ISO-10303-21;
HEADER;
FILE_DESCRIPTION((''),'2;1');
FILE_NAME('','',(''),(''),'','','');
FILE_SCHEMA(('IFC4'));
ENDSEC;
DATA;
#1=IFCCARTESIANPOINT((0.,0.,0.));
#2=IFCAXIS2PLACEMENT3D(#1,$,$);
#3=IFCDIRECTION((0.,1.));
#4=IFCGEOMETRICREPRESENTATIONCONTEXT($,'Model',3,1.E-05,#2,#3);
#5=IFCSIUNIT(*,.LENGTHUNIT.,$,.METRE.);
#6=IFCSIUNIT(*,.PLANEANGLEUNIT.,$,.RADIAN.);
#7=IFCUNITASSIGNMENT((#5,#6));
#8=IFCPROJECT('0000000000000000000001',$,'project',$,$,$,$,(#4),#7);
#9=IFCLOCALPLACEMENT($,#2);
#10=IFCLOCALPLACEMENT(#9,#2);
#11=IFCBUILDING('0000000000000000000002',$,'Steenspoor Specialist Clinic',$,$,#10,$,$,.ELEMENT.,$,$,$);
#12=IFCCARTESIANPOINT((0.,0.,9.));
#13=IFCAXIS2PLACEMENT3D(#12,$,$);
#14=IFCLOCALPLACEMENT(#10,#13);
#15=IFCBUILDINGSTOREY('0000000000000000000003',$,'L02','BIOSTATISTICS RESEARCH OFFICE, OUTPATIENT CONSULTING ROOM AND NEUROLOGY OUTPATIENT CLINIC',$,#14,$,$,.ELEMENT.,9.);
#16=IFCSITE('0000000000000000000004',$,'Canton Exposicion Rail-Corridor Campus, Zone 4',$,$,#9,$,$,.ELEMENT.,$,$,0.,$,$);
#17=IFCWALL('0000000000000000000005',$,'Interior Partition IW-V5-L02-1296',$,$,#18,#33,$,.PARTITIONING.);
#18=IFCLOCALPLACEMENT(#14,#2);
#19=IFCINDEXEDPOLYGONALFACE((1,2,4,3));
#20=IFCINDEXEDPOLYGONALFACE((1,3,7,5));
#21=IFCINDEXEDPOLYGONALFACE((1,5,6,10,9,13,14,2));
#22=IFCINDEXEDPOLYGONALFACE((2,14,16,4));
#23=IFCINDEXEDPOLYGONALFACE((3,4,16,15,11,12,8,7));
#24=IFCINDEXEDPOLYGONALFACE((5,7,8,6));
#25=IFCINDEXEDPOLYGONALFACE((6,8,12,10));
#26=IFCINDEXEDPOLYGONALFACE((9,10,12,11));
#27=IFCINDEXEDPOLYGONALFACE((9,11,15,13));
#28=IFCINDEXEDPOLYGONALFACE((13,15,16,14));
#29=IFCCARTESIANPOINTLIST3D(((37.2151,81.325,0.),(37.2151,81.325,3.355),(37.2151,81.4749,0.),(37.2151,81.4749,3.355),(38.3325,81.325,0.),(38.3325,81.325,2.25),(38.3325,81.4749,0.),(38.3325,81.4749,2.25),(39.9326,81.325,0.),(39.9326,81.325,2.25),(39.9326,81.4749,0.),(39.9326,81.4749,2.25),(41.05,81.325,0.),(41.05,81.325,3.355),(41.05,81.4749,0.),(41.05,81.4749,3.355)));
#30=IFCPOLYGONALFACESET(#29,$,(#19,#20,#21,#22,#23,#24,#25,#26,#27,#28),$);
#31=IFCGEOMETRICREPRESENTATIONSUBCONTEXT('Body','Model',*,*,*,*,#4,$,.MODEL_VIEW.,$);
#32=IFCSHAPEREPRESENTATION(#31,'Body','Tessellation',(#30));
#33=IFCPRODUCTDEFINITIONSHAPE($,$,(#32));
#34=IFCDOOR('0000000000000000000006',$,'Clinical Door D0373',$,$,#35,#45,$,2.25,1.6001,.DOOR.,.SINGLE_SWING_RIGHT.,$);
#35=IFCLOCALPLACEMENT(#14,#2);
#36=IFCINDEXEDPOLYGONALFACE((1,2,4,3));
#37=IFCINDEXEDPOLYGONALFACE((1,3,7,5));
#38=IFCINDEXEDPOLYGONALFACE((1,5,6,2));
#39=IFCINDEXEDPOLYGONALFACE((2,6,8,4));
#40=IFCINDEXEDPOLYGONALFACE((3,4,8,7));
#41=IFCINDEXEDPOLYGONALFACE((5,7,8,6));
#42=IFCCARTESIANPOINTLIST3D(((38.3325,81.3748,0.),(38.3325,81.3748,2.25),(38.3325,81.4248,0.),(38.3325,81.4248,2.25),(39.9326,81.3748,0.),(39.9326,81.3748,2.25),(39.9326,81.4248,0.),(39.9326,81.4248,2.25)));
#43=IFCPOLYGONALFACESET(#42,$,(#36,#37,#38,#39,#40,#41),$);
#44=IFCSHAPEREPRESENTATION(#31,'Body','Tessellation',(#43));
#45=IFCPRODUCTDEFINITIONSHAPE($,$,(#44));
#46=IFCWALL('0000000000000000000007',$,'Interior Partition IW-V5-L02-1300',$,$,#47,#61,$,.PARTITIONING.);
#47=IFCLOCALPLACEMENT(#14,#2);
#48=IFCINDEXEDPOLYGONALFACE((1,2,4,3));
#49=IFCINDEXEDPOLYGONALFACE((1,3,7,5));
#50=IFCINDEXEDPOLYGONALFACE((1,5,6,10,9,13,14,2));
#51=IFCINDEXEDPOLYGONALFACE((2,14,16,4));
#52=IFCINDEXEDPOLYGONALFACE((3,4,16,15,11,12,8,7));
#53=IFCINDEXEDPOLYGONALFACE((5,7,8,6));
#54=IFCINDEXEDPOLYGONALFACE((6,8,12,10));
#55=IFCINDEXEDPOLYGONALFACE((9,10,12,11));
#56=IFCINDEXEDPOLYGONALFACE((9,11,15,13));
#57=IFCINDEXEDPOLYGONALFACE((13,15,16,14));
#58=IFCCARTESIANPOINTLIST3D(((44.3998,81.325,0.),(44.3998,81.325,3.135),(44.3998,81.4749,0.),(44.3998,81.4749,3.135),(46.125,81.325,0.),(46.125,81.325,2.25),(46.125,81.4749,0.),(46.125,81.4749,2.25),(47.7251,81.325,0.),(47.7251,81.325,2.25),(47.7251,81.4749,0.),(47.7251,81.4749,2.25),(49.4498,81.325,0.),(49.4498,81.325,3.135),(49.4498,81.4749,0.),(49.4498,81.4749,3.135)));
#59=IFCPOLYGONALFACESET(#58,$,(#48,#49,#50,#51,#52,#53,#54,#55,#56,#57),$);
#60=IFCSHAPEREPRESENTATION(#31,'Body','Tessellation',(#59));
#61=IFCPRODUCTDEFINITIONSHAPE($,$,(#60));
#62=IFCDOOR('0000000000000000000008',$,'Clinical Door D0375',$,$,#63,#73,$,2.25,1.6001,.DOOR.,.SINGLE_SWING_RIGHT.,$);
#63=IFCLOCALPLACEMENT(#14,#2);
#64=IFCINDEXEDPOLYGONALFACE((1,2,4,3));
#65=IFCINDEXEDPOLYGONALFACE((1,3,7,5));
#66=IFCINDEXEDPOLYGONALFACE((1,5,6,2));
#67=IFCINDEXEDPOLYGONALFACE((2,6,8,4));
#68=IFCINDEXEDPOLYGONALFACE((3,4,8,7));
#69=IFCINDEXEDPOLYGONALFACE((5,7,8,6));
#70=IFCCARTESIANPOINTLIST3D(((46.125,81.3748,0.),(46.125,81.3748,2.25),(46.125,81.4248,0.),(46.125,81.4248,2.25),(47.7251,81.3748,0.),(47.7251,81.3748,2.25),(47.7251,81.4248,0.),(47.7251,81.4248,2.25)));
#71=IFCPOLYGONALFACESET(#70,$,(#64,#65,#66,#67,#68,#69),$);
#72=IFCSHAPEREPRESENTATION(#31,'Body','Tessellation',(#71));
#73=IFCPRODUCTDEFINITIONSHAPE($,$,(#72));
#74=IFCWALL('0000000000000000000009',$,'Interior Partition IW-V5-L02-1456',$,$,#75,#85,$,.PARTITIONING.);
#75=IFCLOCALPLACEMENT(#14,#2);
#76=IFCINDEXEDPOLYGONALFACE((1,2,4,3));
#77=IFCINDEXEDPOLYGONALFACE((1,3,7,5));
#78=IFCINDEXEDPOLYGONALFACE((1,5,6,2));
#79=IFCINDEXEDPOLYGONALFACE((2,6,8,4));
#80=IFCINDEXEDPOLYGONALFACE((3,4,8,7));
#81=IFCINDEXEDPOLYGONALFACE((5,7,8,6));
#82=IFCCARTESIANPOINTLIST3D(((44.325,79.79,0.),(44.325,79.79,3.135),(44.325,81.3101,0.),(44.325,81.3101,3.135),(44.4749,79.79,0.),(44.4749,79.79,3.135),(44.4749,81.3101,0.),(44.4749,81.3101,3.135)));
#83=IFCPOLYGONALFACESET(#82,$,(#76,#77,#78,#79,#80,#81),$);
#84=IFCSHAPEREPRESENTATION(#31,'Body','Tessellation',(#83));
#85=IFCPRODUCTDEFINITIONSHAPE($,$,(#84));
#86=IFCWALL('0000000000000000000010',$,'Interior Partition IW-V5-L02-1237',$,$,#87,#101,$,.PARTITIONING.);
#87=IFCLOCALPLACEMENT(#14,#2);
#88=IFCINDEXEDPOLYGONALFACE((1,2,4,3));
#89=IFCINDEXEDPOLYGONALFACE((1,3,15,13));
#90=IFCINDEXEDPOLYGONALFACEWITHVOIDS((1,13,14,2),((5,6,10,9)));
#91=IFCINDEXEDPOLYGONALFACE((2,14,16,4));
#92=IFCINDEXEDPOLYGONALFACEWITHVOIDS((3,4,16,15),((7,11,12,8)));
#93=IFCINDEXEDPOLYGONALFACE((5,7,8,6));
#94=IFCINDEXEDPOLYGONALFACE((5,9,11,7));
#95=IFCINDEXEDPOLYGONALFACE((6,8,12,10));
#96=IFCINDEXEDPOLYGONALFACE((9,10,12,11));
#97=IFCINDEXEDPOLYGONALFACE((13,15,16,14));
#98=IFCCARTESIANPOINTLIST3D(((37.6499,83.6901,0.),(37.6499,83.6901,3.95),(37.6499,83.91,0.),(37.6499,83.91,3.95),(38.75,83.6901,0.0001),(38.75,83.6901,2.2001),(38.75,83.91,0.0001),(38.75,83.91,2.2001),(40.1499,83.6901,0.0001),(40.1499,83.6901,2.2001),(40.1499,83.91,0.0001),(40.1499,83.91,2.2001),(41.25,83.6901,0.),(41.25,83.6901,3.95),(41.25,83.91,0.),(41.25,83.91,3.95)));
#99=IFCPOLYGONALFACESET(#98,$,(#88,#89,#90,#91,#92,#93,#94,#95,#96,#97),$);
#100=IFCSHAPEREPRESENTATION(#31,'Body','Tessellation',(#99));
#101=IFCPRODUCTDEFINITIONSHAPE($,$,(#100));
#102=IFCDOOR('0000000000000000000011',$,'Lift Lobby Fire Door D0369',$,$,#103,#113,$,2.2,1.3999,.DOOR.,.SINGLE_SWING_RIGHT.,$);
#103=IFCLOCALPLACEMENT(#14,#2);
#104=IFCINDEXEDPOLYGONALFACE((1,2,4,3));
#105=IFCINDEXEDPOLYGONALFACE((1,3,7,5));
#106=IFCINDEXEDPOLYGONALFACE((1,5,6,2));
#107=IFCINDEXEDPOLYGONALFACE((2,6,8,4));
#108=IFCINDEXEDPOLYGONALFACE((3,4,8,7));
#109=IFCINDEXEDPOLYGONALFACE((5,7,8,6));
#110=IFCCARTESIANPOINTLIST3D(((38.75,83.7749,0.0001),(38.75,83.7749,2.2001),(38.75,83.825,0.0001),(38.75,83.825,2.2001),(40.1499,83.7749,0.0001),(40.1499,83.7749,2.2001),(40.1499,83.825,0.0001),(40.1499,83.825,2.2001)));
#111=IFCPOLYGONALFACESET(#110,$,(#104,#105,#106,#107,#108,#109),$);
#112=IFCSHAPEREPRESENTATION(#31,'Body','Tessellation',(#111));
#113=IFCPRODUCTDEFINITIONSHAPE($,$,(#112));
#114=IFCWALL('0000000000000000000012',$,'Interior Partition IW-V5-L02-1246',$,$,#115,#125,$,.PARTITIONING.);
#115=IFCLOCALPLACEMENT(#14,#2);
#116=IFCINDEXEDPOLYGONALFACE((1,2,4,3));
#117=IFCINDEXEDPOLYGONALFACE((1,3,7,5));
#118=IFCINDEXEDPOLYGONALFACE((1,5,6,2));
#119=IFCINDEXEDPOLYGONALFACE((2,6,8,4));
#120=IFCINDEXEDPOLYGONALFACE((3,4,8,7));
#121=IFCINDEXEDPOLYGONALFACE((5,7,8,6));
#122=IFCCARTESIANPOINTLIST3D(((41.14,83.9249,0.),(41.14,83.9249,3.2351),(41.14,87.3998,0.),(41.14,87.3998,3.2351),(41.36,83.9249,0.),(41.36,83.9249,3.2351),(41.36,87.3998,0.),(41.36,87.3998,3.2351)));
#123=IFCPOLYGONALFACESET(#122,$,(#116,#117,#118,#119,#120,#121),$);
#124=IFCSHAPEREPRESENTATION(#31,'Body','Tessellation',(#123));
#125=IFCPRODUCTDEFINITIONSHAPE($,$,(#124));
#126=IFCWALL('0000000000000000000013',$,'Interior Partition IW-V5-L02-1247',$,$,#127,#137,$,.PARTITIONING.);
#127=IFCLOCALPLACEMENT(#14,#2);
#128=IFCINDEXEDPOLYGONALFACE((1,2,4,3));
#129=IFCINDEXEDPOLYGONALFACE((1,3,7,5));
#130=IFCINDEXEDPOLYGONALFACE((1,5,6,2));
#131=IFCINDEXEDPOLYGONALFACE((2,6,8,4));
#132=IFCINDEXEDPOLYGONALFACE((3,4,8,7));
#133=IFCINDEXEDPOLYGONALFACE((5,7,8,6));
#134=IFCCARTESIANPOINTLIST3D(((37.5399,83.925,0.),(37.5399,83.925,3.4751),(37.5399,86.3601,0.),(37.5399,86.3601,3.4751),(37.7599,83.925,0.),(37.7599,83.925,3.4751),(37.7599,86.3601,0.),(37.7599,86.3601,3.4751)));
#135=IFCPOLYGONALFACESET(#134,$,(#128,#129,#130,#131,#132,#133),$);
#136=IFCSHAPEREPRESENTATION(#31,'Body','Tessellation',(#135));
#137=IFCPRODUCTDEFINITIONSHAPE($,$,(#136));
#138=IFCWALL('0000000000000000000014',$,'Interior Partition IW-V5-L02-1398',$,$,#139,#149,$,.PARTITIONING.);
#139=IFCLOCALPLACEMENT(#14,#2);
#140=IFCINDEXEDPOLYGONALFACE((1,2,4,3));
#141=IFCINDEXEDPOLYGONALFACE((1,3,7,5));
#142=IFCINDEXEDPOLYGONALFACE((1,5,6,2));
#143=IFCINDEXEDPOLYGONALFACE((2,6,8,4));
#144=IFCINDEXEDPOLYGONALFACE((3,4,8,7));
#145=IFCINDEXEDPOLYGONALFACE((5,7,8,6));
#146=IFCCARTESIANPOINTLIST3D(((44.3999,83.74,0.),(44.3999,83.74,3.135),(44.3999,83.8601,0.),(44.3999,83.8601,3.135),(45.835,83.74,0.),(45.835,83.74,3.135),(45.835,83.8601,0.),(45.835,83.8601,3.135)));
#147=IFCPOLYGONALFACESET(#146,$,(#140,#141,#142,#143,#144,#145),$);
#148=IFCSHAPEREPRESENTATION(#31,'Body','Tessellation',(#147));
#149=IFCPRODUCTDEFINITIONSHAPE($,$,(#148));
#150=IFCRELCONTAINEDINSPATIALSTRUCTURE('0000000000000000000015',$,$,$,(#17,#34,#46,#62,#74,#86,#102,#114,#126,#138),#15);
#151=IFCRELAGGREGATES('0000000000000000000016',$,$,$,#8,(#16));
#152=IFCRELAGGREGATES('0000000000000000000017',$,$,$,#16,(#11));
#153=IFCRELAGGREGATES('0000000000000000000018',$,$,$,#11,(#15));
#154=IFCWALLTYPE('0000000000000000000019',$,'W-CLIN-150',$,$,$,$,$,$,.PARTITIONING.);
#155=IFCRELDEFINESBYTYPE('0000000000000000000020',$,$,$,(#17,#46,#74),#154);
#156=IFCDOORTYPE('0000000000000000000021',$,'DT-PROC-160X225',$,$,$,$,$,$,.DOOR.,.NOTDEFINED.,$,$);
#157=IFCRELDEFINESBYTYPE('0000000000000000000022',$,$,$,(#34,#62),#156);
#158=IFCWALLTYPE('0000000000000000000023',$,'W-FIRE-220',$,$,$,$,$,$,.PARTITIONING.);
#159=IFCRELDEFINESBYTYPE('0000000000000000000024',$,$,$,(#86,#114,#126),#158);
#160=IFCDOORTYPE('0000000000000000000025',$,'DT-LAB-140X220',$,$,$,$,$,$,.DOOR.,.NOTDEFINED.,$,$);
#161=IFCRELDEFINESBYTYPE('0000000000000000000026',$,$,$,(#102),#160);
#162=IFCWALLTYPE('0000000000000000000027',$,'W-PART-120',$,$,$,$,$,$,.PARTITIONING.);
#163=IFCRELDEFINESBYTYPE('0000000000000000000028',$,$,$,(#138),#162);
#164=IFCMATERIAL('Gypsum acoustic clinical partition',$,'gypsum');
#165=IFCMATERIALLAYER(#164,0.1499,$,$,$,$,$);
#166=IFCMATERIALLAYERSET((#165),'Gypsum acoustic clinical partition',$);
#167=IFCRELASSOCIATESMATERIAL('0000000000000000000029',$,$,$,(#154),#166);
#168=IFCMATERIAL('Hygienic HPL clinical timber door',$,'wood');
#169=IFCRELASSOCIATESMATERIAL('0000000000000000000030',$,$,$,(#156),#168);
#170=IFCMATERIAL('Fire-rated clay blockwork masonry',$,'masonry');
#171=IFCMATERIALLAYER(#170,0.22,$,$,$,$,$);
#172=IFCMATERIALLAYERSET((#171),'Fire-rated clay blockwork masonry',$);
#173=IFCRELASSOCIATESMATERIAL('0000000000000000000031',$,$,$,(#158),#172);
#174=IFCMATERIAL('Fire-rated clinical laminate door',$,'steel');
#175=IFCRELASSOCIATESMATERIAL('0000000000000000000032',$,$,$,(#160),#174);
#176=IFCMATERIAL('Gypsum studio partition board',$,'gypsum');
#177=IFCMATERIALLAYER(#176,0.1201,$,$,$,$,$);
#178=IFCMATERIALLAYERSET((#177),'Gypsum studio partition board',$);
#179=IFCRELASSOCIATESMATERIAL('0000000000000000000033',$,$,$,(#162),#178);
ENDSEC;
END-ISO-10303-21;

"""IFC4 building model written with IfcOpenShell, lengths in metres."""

from ifc_helpers import new_model, si_unit, direction, frame, frame_2d, origin, place, context, subcontext, project, spatial, rectangle, extrude, material, layer, layer_set, type_object, element, fill, save


model = new_model("IFC4")

# Units and contexts
model_context = context("Model", 3, precision=1e-05, world=origin(), true_north=direction((0.0, 1.0)))
body_context = subcontext(model_context, "Body", "Model", "MODEL_VIEW")
ifc_project = project(units=[si_unit("LENGTHUNIT", "METRE"), si_unit("PLANEANGLEUNIT", "RADIAN")], contexts=[model_context])

# Site, building, storey
site_placement = place(None, origin())
site = spatial("IfcSite", under=ifc_project, at=site_placement, Name="Canton Exposicion Rail-Corridor Campus, Zone 4", CompositionType="ELEMENT", RefElevation=0.0)
building_placement = place(site_placement, origin())
building = spatial("IfcBuilding", under=site, at=building_placement, Name="Steenspoor Specialist Clinic", CompositionType="ELEMENT")
storey_placement = place(building_placement, frame((0.0, 0.0, 9.0)))
storey = spatial("IfcBuildingStorey", under=building, at=storey_placement, Name="L02", Description="BIOSTATISTICS RESEARCH OFFICE, OUTPATIENT CONSULTING ROOM AND NEUROLOGY OUTPATIENT CLINIC", CompositionType="ELEMENT", Elevation=9.0)

# Walls, openings, doors
ifc_material_1 = material(Name="Gypsum acoustic clinical partition", Category="gypsum")
ifc_layer_1 = layer(ifc_material_1, 0.1499)
ifc_layer_set_1 = layer_set([ifc_layer_1], Name="Gypsum acoustic clinical partition")
wall_type_1 = type_object("IfcWallType", Name="W-CLIN-150", PredefinedType="PARTITIONING", material=ifc_layer_set_1)
wall_1_placement = place(storey_placement, frame((37.2151, 81.3999, 0.0), z_axis=(0.0, 0.0, 1.0), x_axis=(1.0, 0.0, 0.0)))
wall_1 = element("IfcWall", 1, at=wall_1_placement, inside=storey, type_object=wall_type_1, Name="Interior Partition IW-V5-L02-1296", PredefinedType="PARTITIONING", context=body_context, shape_type="SweptSolid", body=[
    extrude(rectangle(XDim=3.835, YDim=0.1499, at=frame_2d((1.9175, 0.0))), origin(), (0.0, 0.0, 1.0), 3.355),
])
opening_1_placement = place(wall_1_placement, frame((1.1174, 0.0, 0.0)))
opening_1 = element("IfcOpeningElement", 2, at=opening_1_placement, cuts=wall_1, PredefinedType="OPENING", context=body_context, shape_type="SweptSolid", body=[
    extrude(rectangle(XDim=1.6001, YDim=2.25, at=frame_2d((0.8, 1.125))), frame((0.0, 0.085, 0.0), z_axis=(0.0, -1.0, 0.0), x_axis=(1.0, 0.0, 0.0)), (0.0, 0.0, 1.0), 0.1699),
])
ifc_material_2 = material(Name="Hygienic HPL clinical timber door", Category="wood")
door_type_1 = type_object("IfcDoorType", Name="DT-PROC-160X225", OperationType="NOTDEFINED", PredefinedType="DOOR", material=ifc_material_2)
door_1_placement = place(opening_1_placement, origin())
door_1 = element("IfcDoor", 3, at=door_1_placement, inside=storey, type_object=door_type_1, Name="Clinical Door D0373", OperationType="SINGLE_SWING_RIGHT", OverallHeight=2.25, OverallWidth=1.6001, PredefinedType="DOOR", context=body_context, shape_type="SweptSolid", body=[
    extrude(rectangle(XDim=1.6001, YDim=2.25, at=frame_2d((0.8, 1.125))), frame((0.0, 0.0249, 0.0), z_axis=(0.0, -1.0, 0.0), x_axis=(1.0, 0.0, 0.0)), (0.0, 0.0, 1.0), 0.05),
])
fill(opening_1, door_1)
wall_2_placement = place(storey_placement, frame((44.3999, 81.3999, 0.0), z_axis=(0.0, 0.0, 1.0), x_axis=(1.0, 0.0, 0.0)))
wall_2 = element("IfcWall", 4, at=wall_2_placement, inside=storey, type_object=wall_type_1, Name="Interior Partition IW-V5-L02-1300", PredefinedType="PARTITIONING", context=body_context, shape_type="SweptSolid", body=[
    extrude(rectangle(XDim=5.05, YDim=0.1499, at=frame_2d((2.5249, 0.0))), origin(), (0.0, 0.0, 1.0), 3.135),
])
opening_2_placement = place(wall_2_placement, frame((1.7251, 0.0, 0.0)))
opening_2 = element("IfcOpeningElement", 5, at=opening_2_placement, cuts=wall_2, PredefinedType="OPENING", context=body_context, shape_type="SweptSolid", body=[
    extrude(rectangle(XDim=1.6001, YDim=2.25, at=frame_2d((0.8, 1.125))), frame((0.0, 0.085, 0.0), z_axis=(0.0, -1.0, 0.0), x_axis=(1.0, 0.0, 0.0)), (0.0, 0.0, 1.0), 0.1699),
])
door_2_placement = place(opening_2_placement, origin())
door_2 = element("IfcDoor", 6, at=door_2_placement, inside=storey, type_object=door_type_1, Name="Clinical Door D0375", OperationType="SINGLE_SWING_RIGHT", OverallHeight=2.25, OverallWidth=1.6001, PredefinedType="DOOR", context=body_context, shape_type="SweptSolid", body=[
    extrude(rectangle(XDim=1.6001, YDim=2.25, at=frame_2d((0.8, 1.125))), frame((0.0, 0.0249, 0.0), z_axis=(0.0, -1.0, 0.0), x_axis=(1.0, 0.0, 0.0)), (0.0, 0.0, 1.0), 0.05),
])
fill(opening_2, door_2)

# Wall
wall_3_placement = place(storey_placement, frame((44.3999, 79.79, 0.0), z_axis=(0.0, 0.0, 1.0), x_axis=(0.0, 1.0, 0.0)))
element("IfcWall", 7, at=wall_3_placement, inside=storey, type_object=wall_type_1, Name="Interior Partition IW-V5-L02-1456", PredefinedType="PARTITIONING", context=body_context, shape_type="SweptSolid", body=[
    extrude(rectangle(XDim=1.52, YDim=0.1499, at=frame_2d((0.76, 0.0))), origin(), (0.0, 0.0, 1.0), 3.135),
])

# Wall, opening, door
ifc_material_3 = material(Name="Fire-rated clay blockwork masonry", Category="masonry")
ifc_layer_2 = layer(ifc_material_3, 0.22)
ifc_layer_set_2 = layer_set([ifc_layer_2], Name="Fire-rated clay blockwork masonry")
wall_type_2 = type_object("IfcWallType", Name="W-FIRE-220", PredefinedType="PARTITIONING", material=ifc_layer_set_2)
wall_4_placement = place(storey_placement, frame((37.6499, 83.8, 0.0), z_axis=(0.0, 0.0, 1.0), x_axis=(1.0, 0.0, 0.0)))
wall_4 = element("IfcWall", 8, at=wall_4_placement, inside=storey, type_object=wall_type_2, Name="Interior Partition IW-V5-L02-1237", PredefinedType="PARTITIONING", context=body_context, shape_type="SweptSolid", body=[
    extrude(rectangle(XDim=3.6001, YDim=0.22, at=frame_2d((1.8, 0.0))), origin(), (0.0, 0.0, 1.0), 3.95),
])
opening_3_placement = place(wall_4_placement, frame((1.1001, 0.0, 0.0)))
opening_3 = element("IfcOpeningElement", 9, at=opening_3_placement, cuts=wall_4, PredefinedType="OPENING", context=body_context, shape_type="SweptSolid", body=[
    extrude(rectangle(XDim=1.3999, YDim=2.2, at=frame_2d((0.7, 1.1001))), frame((0.0, 0.1201, 0.0), z_axis=(0.0, -1.0, 0.0), x_axis=(1.0, 0.0, 0.0)), (0.0, 0.0, 1.0), 0.24),
])
ifc_material_4 = material(Name="Fire-rated clinical laminate door", Category="steel")
door_type_2 = type_object("IfcDoorType", Name="DT-LAB-140X220", OperationType="NOTDEFINED", PredefinedType="DOOR", material=ifc_material_4)
door_3_placement = place(opening_3_placement, origin())
door_3 = element("IfcDoor", 10, at=door_3_placement, inside=storey, type_object=door_type_2, Name="Lift Lobby Fire Door D0369", OperationType="SINGLE_SWING_RIGHT", OverallHeight=2.2, OverallWidth=1.3999, PredefinedType="DOOR", context=body_context, shape_type="SweptSolid", body=[
    extrude(rectangle(XDim=1.3999, YDim=2.2, at=frame_2d((0.7, 1.1001))), frame((0.0, 0.0249, 0.0), z_axis=(0.0, -1.0, 0.0), x_axis=(1.0, 0.0, 0.0)), (0.0, 0.0, 1.0), 0.05),
])
fill(opening_3, door_3)

# Walls
wall_5_placement = place(storey_placement, frame((41.25, 83.925, 0.0), z_axis=(0.0, 0.0, 1.0), x_axis=(0.0, 1.0, 0.0)))
element("IfcWall", 11, at=wall_5_placement, inside=storey, type_object=wall_type_2, Name="Interior Partition IW-V5-L02-1246", PredefinedType="PARTITIONING", context=body_context, shape_type="SweptSolid", body=[
    extrude(rectangle(XDim=3.4749, YDim=0.22, at=frame_2d((1.7373, 0.0))), origin(), (0.0, 0.0, 1.0), 3.2351),
])
wall_6_placement = place(storey_placement, frame((37.6499, 83.925, 0.0), z_axis=(0.0, 0.0, 1.0), x_axis=(0.0, 1.0, 0.0)))
element("IfcWall", 12, at=wall_6_placement, inside=storey, type_object=wall_type_2, Name="Interior Partition IW-V5-L02-1247", PredefinedType="PARTITIONING", context=body_context, shape_type="SweptSolid", body=[
    extrude(rectangle(XDim=2.4351, YDim=0.22, at=frame_2d((1.2175, 0.0))), origin(), (0.0, 0.0, 1.0), 3.4751),
])
ifc_material_5 = material(Name="Gypsum studio partition board", Category="gypsum")
ifc_layer_3 = layer(ifc_material_5, 0.1201)
ifc_layer_set_3 = layer_set([ifc_layer_3], Name="Gypsum studio partition board")
wall_type_3 = type_object("IfcWallType", Name="W-PART-120", PredefinedType="PARTITIONING", material=ifc_layer_set_3)
wall_7_placement = place(storey_placement, frame((44.3999, 83.8, 0.0), z_axis=(0.0, 0.0, 1.0), x_axis=(1.0, 0.0, 0.0)))
element("IfcWall", 13, at=wall_7_placement, inside=storey, type_object=wall_type_3, Name="Interior Partition IW-V5-L02-1398", PredefinedType="PARTITIONING", context=body_context, shape_type="SweptSolid", body=[
    extrude(rectangle(XDim=1.4351, YDim=0.1201, at=frame_2d((0.7175, 0.0))), origin(), (0.0, 0.0, 1.0), 3.135),
])

save(model, "model.ifc")
